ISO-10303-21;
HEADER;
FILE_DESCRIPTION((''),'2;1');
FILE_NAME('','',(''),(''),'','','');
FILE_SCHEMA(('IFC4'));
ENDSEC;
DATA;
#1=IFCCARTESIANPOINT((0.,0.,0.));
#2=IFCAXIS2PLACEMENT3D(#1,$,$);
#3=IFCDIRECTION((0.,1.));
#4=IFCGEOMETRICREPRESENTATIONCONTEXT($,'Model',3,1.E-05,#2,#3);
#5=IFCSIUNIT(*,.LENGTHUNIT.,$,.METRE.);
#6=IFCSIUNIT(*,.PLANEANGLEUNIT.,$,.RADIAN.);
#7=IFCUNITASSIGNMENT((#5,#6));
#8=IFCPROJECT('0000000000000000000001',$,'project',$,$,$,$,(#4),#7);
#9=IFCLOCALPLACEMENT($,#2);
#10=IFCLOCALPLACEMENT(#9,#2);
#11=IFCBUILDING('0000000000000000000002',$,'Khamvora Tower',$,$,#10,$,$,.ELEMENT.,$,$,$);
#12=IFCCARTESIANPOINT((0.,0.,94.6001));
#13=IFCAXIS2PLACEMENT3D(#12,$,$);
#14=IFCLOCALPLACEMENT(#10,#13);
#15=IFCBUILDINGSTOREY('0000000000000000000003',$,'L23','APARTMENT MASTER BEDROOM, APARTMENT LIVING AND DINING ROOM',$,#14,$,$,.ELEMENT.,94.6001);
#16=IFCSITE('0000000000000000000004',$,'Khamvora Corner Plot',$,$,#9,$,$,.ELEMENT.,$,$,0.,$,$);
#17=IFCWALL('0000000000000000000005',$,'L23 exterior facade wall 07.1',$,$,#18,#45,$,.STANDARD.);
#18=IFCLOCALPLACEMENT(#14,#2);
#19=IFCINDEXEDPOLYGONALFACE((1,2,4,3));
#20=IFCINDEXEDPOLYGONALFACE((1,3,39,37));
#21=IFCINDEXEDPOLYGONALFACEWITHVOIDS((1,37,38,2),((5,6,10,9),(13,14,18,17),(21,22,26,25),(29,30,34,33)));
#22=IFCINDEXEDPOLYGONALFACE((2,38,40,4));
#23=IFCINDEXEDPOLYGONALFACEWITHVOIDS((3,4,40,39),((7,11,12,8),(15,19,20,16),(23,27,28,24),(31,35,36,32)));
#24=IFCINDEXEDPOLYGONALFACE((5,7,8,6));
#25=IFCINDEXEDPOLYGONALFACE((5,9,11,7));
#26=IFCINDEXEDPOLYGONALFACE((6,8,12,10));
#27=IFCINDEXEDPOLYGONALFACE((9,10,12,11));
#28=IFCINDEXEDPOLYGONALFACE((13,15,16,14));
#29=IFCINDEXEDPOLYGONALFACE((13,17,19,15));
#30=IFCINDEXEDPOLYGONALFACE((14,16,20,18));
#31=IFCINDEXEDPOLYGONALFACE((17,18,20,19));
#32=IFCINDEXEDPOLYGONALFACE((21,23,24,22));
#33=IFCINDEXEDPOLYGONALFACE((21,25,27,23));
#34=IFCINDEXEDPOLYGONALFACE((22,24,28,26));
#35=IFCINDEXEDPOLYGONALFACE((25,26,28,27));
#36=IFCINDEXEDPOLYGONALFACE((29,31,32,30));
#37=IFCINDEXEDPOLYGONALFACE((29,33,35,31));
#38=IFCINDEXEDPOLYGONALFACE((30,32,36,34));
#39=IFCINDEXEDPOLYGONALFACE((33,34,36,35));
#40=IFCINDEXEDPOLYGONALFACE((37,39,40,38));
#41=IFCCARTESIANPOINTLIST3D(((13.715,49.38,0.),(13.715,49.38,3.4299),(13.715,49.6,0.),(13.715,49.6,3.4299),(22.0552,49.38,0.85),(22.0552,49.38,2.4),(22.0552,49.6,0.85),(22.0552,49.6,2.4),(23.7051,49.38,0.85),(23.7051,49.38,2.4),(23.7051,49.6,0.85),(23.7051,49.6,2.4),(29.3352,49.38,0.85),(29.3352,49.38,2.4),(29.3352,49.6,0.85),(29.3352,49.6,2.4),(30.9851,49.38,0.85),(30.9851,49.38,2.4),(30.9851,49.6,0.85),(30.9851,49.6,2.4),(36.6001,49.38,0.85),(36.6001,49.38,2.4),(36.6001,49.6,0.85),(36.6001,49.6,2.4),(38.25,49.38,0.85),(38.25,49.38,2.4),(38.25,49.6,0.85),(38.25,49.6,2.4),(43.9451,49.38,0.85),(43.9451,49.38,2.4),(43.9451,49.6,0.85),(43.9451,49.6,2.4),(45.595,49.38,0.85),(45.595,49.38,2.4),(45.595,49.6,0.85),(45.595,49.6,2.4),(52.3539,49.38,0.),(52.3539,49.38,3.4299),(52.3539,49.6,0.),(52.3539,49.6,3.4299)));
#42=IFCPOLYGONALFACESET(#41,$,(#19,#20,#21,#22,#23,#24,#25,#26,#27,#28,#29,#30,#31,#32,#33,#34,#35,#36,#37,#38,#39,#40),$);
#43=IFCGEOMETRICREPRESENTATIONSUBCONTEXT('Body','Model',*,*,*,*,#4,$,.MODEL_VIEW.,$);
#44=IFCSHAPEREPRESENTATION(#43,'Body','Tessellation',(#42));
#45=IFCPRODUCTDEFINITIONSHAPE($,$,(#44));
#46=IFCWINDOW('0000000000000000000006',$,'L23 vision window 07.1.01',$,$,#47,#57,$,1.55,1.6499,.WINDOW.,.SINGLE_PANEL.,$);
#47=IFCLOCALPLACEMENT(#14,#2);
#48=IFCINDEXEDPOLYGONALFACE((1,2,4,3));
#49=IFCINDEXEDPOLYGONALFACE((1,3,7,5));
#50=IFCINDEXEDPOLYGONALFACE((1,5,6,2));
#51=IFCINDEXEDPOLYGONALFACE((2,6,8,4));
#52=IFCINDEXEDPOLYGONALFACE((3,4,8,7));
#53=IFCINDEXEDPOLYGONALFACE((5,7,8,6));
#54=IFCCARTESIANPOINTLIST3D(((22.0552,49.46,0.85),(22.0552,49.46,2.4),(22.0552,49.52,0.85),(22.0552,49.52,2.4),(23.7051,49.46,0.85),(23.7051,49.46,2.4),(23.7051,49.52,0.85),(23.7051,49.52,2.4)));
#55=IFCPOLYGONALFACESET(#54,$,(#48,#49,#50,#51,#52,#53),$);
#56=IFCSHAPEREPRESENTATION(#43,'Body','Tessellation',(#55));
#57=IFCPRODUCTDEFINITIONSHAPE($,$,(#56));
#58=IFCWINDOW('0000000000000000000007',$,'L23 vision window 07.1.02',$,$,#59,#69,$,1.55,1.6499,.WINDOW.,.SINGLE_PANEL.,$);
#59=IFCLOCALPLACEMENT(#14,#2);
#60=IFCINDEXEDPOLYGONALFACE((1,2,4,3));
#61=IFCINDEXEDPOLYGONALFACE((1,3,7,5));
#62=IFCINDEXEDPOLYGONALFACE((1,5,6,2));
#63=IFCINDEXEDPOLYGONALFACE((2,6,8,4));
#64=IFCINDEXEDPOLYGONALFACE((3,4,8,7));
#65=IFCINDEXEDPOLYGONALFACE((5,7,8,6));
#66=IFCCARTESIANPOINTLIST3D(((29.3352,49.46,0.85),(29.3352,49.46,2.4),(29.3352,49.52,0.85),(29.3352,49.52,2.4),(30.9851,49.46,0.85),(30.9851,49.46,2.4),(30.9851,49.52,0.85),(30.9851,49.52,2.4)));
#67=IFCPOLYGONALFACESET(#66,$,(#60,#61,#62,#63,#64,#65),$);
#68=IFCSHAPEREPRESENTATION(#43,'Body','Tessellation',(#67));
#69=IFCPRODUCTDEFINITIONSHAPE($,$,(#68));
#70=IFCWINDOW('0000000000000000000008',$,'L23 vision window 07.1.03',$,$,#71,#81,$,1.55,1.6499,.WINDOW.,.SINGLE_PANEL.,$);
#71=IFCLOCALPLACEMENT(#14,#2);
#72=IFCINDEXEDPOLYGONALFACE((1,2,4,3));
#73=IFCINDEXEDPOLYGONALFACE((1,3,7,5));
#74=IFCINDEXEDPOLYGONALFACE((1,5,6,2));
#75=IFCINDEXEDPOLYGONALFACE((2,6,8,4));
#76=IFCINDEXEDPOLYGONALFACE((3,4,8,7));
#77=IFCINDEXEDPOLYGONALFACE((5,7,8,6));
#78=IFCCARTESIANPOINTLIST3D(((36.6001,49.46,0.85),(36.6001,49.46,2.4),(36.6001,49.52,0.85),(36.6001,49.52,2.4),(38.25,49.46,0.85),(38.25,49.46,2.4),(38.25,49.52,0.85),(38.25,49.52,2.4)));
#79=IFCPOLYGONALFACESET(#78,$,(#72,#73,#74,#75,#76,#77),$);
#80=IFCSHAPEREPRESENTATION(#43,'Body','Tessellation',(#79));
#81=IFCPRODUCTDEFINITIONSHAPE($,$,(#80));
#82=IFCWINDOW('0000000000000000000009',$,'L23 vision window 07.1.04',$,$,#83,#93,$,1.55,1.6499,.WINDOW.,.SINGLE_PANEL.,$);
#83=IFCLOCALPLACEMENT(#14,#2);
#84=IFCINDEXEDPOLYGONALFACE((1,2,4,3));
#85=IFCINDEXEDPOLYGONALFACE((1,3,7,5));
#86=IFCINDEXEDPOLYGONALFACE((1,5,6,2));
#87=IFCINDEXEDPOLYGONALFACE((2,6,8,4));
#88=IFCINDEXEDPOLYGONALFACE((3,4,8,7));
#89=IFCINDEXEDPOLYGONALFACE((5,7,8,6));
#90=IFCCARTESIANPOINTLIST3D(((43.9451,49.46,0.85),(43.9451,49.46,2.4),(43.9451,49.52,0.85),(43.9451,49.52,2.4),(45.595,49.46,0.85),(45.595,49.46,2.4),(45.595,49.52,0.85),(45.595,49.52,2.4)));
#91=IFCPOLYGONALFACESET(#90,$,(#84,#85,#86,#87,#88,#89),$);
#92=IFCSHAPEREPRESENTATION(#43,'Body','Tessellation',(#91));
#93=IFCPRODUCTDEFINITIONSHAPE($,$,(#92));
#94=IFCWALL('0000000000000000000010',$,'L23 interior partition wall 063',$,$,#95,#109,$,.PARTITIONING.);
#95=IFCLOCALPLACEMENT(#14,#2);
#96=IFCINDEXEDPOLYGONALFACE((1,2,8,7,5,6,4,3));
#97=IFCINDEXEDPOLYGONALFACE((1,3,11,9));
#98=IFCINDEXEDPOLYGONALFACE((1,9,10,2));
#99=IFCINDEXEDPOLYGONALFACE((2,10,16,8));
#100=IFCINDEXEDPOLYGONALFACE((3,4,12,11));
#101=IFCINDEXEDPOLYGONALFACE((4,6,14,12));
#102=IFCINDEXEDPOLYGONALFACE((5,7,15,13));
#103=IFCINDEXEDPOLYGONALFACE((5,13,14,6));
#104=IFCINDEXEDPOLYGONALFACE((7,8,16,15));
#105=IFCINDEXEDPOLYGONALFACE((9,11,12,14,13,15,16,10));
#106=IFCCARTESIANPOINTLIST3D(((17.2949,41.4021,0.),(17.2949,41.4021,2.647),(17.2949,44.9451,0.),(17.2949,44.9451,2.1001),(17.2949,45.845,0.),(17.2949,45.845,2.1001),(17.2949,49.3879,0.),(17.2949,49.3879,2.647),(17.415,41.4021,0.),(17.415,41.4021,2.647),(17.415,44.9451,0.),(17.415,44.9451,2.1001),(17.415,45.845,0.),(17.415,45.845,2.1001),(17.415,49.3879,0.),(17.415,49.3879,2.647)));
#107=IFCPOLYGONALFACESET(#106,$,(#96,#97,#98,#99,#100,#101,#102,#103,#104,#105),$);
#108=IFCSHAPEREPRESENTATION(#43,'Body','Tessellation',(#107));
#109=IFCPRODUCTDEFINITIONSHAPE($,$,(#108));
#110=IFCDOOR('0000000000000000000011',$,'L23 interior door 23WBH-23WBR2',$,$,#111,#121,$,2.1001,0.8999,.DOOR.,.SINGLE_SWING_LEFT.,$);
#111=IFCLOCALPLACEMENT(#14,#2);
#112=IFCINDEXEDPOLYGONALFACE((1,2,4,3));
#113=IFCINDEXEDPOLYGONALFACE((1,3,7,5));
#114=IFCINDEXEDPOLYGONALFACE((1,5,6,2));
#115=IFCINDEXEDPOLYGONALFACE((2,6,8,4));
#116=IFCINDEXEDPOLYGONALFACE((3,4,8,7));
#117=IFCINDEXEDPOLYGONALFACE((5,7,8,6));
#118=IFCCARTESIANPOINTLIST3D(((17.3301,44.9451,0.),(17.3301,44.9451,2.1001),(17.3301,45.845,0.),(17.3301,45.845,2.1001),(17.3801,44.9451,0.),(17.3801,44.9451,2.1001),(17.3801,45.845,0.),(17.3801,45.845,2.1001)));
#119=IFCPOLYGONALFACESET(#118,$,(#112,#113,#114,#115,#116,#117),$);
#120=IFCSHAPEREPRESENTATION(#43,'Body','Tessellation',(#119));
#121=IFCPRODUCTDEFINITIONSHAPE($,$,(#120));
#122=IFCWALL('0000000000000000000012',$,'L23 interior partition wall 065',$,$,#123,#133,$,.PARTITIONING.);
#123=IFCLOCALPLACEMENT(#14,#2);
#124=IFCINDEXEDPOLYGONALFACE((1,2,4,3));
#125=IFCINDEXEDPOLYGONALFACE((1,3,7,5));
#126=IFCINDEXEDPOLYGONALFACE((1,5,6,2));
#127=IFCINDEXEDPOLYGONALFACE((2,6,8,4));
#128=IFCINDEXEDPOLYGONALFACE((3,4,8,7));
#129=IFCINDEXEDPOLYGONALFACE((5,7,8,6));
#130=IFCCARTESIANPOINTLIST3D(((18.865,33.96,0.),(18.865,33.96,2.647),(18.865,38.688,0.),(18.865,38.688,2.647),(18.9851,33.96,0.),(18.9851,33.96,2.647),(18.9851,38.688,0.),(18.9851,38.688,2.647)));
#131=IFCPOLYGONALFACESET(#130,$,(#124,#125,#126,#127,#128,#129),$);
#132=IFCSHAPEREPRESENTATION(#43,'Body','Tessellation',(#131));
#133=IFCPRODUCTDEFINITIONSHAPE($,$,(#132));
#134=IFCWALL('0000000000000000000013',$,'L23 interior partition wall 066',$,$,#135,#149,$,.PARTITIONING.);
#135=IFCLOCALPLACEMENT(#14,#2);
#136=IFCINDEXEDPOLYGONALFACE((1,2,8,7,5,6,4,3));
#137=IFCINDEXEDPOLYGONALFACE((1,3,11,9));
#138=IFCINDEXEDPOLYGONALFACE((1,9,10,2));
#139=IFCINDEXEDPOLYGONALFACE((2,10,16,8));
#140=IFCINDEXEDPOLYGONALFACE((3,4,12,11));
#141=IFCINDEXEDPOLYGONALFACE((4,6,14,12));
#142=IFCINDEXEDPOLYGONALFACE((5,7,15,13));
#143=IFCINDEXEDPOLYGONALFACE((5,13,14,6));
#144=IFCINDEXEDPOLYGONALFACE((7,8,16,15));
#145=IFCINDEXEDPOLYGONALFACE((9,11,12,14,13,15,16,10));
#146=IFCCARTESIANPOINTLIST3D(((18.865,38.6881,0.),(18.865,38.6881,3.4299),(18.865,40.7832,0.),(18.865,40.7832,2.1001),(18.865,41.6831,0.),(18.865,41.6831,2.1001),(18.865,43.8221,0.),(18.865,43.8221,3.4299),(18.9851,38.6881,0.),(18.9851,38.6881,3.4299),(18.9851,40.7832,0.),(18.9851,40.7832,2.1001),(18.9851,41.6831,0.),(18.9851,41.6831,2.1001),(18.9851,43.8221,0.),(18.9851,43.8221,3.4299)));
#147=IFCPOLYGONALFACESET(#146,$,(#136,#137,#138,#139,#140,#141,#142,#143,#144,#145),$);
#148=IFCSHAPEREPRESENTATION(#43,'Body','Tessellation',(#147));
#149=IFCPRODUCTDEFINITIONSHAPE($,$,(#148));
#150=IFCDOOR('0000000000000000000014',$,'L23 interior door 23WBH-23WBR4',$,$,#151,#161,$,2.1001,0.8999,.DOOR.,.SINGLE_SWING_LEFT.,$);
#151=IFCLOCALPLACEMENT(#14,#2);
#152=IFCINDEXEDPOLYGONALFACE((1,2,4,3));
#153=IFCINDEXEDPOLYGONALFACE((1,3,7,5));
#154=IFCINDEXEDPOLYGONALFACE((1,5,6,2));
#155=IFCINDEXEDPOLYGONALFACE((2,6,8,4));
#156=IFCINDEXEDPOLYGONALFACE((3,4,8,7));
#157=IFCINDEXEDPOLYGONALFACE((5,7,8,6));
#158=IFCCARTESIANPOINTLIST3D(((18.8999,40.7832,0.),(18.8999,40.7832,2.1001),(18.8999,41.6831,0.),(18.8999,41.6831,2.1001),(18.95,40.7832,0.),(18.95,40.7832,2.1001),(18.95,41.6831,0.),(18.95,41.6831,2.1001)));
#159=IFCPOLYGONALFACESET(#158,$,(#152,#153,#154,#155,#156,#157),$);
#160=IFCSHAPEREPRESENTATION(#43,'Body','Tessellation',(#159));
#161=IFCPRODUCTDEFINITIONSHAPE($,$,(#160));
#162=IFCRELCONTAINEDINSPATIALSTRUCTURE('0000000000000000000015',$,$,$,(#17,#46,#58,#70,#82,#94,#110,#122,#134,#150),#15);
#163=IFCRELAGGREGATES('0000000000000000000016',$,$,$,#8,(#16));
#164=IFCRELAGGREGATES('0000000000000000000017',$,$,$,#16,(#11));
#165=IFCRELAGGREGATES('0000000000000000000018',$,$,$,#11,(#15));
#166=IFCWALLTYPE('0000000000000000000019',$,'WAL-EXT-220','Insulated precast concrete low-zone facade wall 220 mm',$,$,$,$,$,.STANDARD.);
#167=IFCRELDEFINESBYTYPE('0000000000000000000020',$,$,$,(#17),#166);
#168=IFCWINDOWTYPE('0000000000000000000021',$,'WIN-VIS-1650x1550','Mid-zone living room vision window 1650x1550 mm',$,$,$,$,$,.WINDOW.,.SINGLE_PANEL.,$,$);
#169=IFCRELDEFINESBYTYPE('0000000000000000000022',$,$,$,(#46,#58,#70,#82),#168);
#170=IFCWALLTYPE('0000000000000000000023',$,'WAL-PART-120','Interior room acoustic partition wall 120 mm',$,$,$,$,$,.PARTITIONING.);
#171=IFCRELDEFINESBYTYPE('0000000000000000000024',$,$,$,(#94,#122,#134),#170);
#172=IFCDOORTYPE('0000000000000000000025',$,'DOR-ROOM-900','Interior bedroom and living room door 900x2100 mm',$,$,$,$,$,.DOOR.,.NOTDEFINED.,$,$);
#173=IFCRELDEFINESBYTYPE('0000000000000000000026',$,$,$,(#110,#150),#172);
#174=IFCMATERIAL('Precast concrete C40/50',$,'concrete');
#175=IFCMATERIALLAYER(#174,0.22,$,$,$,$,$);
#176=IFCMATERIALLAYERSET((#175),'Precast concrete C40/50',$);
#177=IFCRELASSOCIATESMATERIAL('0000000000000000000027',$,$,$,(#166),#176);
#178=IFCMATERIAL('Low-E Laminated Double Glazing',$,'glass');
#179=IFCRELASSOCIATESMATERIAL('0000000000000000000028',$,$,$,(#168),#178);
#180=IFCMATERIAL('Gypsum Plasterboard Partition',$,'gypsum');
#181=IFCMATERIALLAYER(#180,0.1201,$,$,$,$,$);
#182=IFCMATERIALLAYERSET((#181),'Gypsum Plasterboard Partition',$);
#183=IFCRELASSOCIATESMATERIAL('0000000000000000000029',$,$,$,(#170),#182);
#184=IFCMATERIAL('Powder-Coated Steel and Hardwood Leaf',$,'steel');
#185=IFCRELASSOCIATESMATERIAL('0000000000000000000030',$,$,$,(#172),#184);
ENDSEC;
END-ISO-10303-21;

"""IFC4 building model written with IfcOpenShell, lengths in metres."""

from ifc_helpers import new_model, si_unit, direction, frame, frame_2d, origin, place, context, subcontext, project, spatial, rectangle, extrude, material, layer, layer_set, type_object, element, fill, save


model = new_model("IFC4")

# Units and contexts
model_context = context("Model", 3, precision=1e-05, world=origin(), true_north=direction((0.0, 1.0)))
body_context = subcontext(model_context, "Body", "Model", "MODEL_VIEW")
ifc_project = project(units=[si_unit("LENGTHUNIT", "METRE"), si_unit("PLANEANGLEUNIT", "RADIAN")], contexts=[model_context])

# Site, building, storey
site_placement = place(None, origin())
site = spatial("IfcSite", under=ifc_project, at=site_placement, Name="Khamvora Corner Plot", CompositionType="ELEMENT", RefElevation=0.0)
building_placement = place(site_placement, origin())
building = spatial("IfcBuilding", under=site, at=building_placement, Name="Khamvora Tower", CompositionType="ELEMENT")
storey_placement = place(building_placement, frame((0.0, 0.0, 94.6001)))
storey = spatial("IfcBuildingStorey", under=building, at=storey_placement, Name="L23", Description="APARTMENT MASTER BEDROOM, APARTMENT LIVING AND DINING ROOM", CompositionType="ELEMENT", Elevation=94.6001)

# Shared definitions
ifc_material_1 = material(Name="Precast concrete C40/50", Category="concrete")
ifc_layer_1 = layer(ifc_material_1, 0.22)
ifc_layer_set_1 = layer_set([ifc_layer_1], Name="Precast concrete C40/50")
wall_type_1 = type_object("IfcWallType", Name="WAL-EXT-220", Description="Insulated precast concrete low-zone facade wall 220 mm", PredefinedType="STANDARD", material=ifc_layer_set_1)

# Wall, openings, windows
wall_1_placement = place(storey_placement, frame((13.7151, 49.49, 0.0), z_axis=(0.0, 0.0, 1.0), x_axis=(1.0, 0.0, 0.0)))
wall_1 = element("IfcWall", 1, at=wall_1_placement, inside=storey, type_object=wall_type_1, Name="L23 exterior facade wall 07.1", PredefinedType="STANDARD", context=body_context, shape_type="SweptSolid", body=[
    extrude(rectangle(XDim=38.6389, YDim=0.22, at=frame_2d((19.3193, 0.0))), origin(), (0.0, 0.0, 1.0), 3.4299),
])
opening_1_placement = place(wall_1_placement, frame((8.3401, 0.0, 0.8501)))
opening_1 = element("IfcOpeningElement", 2, at=opening_1_placement, cuts=wall_1, PredefinedType="OPENING", context=body_context, shape_type="SweptSolid", body=[
    extrude(rectangle(XDim=1.6499, YDim=1.55, at=frame_2d((0.825, 0.7749))), frame((0.0, 0.1199, 0.0), z_axis=(0.0, -1.0, 0.0), x_axis=(1.0, 0.0, 0.0)), (0.0, 0.0, 1.0), 0.24),
])
opening_2_placement = place(wall_1_placement, frame((15.6201, 0.0, 0.8501)))
opening_2 = element("IfcOpeningElement", 3, at=opening_2_placement, cuts=wall_1, PredefinedType="OPENING", context=body_context, shape_type="SweptSolid", body=[
    extrude(rectangle(XDim=1.6499, YDim=1.55, at=frame_2d((0.825, 0.7749))), frame((0.0, 0.1199, 0.0), z_axis=(0.0, -1.0, 0.0), x_axis=(1.0, 0.0, 0.0)), (0.0, 0.0, 1.0), 0.24),
])
opening_3_placement = place(wall_1_placement, frame((22.885, 0.0, 0.8501)))
opening_3 = element("IfcOpeningElement", 4, at=opening_3_placement, cuts=wall_1, PredefinedType="OPENING", context=body_context, shape_type="SweptSolid", body=[
    extrude(rectangle(XDim=1.6499, YDim=1.55, at=frame_2d((0.825, 0.7749))), frame((0.0, 0.1199, 0.0), z_axis=(0.0, -1.0, 0.0), x_axis=(1.0, 0.0, 0.0)), (0.0, 0.0, 1.0), 0.24),
])
opening_4_placement = place(wall_1_placement, frame((30.23, 0.0, 0.8501)))
opening_4 = element("IfcOpeningElement", 5, at=opening_4_placement, cuts=wall_1, PredefinedType="OPENING", context=body_context, shape_type="SweptSolid", body=[
    extrude(rectangle(XDim=1.6499, YDim=1.55, at=frame_2d((0.825, 0.7749))), frame((0.0, 0.1199, 0.0), z_axis=(0.0, -1.0, 0.0), x_axis=(1.0, 0.0, 0.0)), (0.0, 0.0, 1.0), 0.24),
])
ifc_material_2 = material(Name="Low-E Laminated Double Glazing", Category="glass")
window_type = type_object("IfcWindowType", Name="WIN-VIS-1650x1550", Description="Mid-zone living room vision window 1650x1550 mm", PartitioningType="SINGLE_PANEL", PredefinedType="WINDOW", material=ifc_material_2)
window_1_placement = place(opening_1_placement, origin())
window_1 = element("IfcWindow", 6, at=window_1_placement, inside=storey, type_object=window_type, Name="L23 vision window 07.1.01", OverallHeight=1.55, OverallWidth=1.6499, PartitioningType="SINGLE_PANEL", PredefinedType="WINDOW", context=body_context, shape_type="SweptSolid", body=[
    extrude(rectangle(XDim=1.6499, YDim=1.55, at=frame_2d((0.825, 0.7749))), frame((0.0, 0.03, 0.0), z_axis=(0.0, -1.0, 0.0), x_axis=(1.0, 0.0, 0.0)), (0.0, 0.0, 1.0), 0.0601),
])
fill(opening_1, window_1)
window_2_placement = place(opening_2_placement, origin())
window_2 = element("IfcWindow", 7, at=window_2_placement, inside=storey, type_object=window_type, Name="L23 vision window 07.1.02", OverallHeight=1.55, OverallWidth=1.6499, PartitioningType="SINGLE_PANEL", PredefinedType="WINDOW", context=body_context, shape_type="SweptSolid", body=[
    extrude(rectangle(XDim=1.6499, YDim=1.55, at=frame_2d((0.825, 0.7749))), frame((0.0, 0.03, 0.0), z_axis=(0.0, -1.0, 0.0), x_axis=(1.0, 0.0, 0.0)), (0.0, 0.0, 1.0), 0.0601),
])
fill(opening_2, window_2)
window_3_placement = place(opening_3_placement, origin())
window_3 = element("IfcWindow", 8, at=window_3_placement, inside=storey, type_object=window_type, Name="L23 vision window 07.1.03", OverallHeight=1.55, OverallWidth=1.6499, PartitioningType="SINGLE_PANEL", PredefinedType="WINDOW", context=body_context, shape_type="SweptSolid", body=[
    extrude(rectangle(XDim=1.6499, YDim=1.55, at=frame_2d((0.825, 0.7749))), frame((0.0, 0.03, 0.0), z_axis=(0.0, -1.0, 0.0), x_axis=(1.0, 0.0, 0.0)), (0.0, 0.0, 1.0), 0.0601),
])
fill(opening_3, window_3)
window_4_placement = place(opening_4_placement, origin())
window_4 = element("IfcWindow", 9, at=window_4_placement, inside=storey, type_object=window_type, Name="L23 vision window 07.1.04", OverallHeight=1.55, OverallWidth=1.6499, PartitioningType="SINGLE_PANEL", PredefinedType="WINDOW", context=body_context, shape_type="SweptSolid", body=[
    extrude(rectangle(XDim=1.6499, YDim=1.55, at=frame_2d((0.825, 0.7749))), frame((0.0, 0.03, 0.0), z_axis=(0.0, -1.0, 0.0), x_axis=(1.0, 0.0, 0.0)), (0.0, 0.0, 1.0), 0.0601),
])
fill(opening_4, window_4)

# Wall, opening, door
ifc_material_3 = material(Name="Gypsum Plasterboard Partition", Category="gypsum")
ifc_layer_2 = layer(ifc_material_3, 0.1201)
ifc_layer_set_2 = layer_set([ifc_layer_2], Name="Gypsum Plasterboard Partition")
wall_type_2 = type_object("IfcWallType", Name="WAL-PART-120", Description="Interior room acoustic partition wall 120 mm", PredefinedType="PARTITIONING", material=ifc_layer_set_2)
wall_2_placement = place(storey_placement, frame((17.355, 41.4021, 0.0), z_axis=(0.0, 0.0, 1.0), x_axis=(0.0, 1.0, 0.0)))
wall_2 = element("IfcWall", 10, at=wall_2_placement, inside=storey, type_object=wall_type_2, Name="L23 interior partition wall 063", PredefinedType="PARTITIONING", context=body_context, shape_type="SweptSolid", body=[
    extrude(rectangle(XDim=7.9858, YDim=0.1201, at=frame_2d((3.9929, 0.0))), origin(), (0.0, 0.0, 1.0), 2.647),
])
opening_5_placement = place(wall_2_placement, frame((3.543, 0.0, 0.0)))
opening_5 = element("IfcOpeningElement", 11, at=opening_5_placement, cuts=wall_2, PredefinedType="OPENING", context=body_context, shape_type="SweptSolid", body=[
    extrude(rectangle(XDim=0.8999, YDim=2.1001, at=frame_2d((0.45, 1.05))), frame((0.0, 0.0701, 0.0), z_axis=(0.0, -1.0, 0.0), x_axis=(1.0, 0.0, 0.0)), (0.0, 0.0, 1.0), 0.1401),
])
ifc_material_4 = material(Name="Powder-Coated Steel and Hardwood Leaf", Category="steel")
door_type = type_object("IfcDoorType", Name="DOR-ROOM-900", Description="Interior bedroom and living room door 900x2100 mm", OperationType="NOTDEFINED", PredefinedType="DOOR", material=ifc_material_4)
door_1_placement = place(opening_5_placement, origin())
door_1 = element("IfcDoor", 12, at=door_1_placement, inside=storey, type_object=door_type, Name="L23 interior door 23WBH-23WBR2", OperationType="SINGLE_SWING_LEFT", OverallHeight=2.1001, OverallWidth=0.8999, PredefinedType="DOOR", context=body_context, shape_type="SweptSolid", body=[
    extrude(rectangle(XDim=0.8999, YDim=2.1001, at=frame_2d((0.45, 1.05))), frame((0.0, 0.0249, 0.0), z_axis=(0.0, -1.0, 0.0), x_axis=(1.0, 0.0, 0.0)), (0.0, 0.0, 1.0), 0.05),
])
fill(opening_5, door_1)

# Wall
wall_3_placement = place(storey_placement, frame((18.925, 38.688, 0.0), z_axis=(0.0, 0.0, 1.0), x_axis=(0.0, -1.0, 0.0)))
element("IfcWall", 13, at=wall_3_placement, inside=storey, type_object=wall_type_2, Name="L23 interior partition wall 065", PredefinedType="PARTITIONING", context=body_context, shape_type="SweptSolid", body=[
    extrude(rectangle(XDim=4.728, YDim=0.1201, at=frame_2d((2.364, 0.0))), origin(), (0.0, 0.0, 1.0), 2.647),
])

# Wall, opening, door
wall_4_placement = place(storey_placement, frame((18.925, 43.822, 0.0), z_axis=(0.0, 0.0, 1.0), x_axis=(0.0, -1.0, 0.0)))
wall_4 = element("IfcWall", 14, at=wall_4_placement, inside=storey, type_object=wall_type_2, Name="L23 interior partition wall 066", PredefinedType="PARTITIONING", context=body_context, shape_type="SweptSolid", body=[
    extrude(rectangle(XDim=5.134, YDim=0.1201, at=frame_2d((2.5669, 0.0))), origin(), (0.0, 0.0, 1.0), 3.4299),
])
opening_6_placement = place(wall_4_placement, frame((2.1389, 0.0, 0.0)))
opening_6 = element("IfcOpeningElement", 15, at=opening_6_placement, cuts=wall_4, PredefinedType="OPENING", context=body_context, shape_type="SweptSolid", body=[
    extrude(rectangle(XDim=0.8999, YDim=2.1001, at=frame_2d((0.45, 1.05))), frame((0.0, 0.0701, 0.0), z_axis=(0.0, -1.0, 0.0), x_axis=(1.0, 0.0, 0.0)), (0.0, 0.0, 1.0), 0.1401),
])
door_2_placement = place(opening_6_placement, origin())
door_2 = element("IfcDoor", 16, at=door_2_placement, inside=storey, type_object=door_type, Name="L23 interior door 23WBH-23WBR4", OperationType="SINGLE_SWING_LEFT", OverallHeight=2.1001, OverallWidth=0.8999, PredefinedType="DOOR", context=body_context, shape_type="SweptSolid", body=[
    extrude(rectangle(XDim=0.8999, YDim=2.1001, at=frame_2d((0.45, 1.05))), frame((0.0, 0.0249, 0.0), z_axis=(0.0, -1.0, 0.0), x_axis=(1.0, 0.0, 0.0)), (0.0, 0.0, 1.0), 0.05),
])
fill(opening_6, door_2)

save(model, "model.ifc")
